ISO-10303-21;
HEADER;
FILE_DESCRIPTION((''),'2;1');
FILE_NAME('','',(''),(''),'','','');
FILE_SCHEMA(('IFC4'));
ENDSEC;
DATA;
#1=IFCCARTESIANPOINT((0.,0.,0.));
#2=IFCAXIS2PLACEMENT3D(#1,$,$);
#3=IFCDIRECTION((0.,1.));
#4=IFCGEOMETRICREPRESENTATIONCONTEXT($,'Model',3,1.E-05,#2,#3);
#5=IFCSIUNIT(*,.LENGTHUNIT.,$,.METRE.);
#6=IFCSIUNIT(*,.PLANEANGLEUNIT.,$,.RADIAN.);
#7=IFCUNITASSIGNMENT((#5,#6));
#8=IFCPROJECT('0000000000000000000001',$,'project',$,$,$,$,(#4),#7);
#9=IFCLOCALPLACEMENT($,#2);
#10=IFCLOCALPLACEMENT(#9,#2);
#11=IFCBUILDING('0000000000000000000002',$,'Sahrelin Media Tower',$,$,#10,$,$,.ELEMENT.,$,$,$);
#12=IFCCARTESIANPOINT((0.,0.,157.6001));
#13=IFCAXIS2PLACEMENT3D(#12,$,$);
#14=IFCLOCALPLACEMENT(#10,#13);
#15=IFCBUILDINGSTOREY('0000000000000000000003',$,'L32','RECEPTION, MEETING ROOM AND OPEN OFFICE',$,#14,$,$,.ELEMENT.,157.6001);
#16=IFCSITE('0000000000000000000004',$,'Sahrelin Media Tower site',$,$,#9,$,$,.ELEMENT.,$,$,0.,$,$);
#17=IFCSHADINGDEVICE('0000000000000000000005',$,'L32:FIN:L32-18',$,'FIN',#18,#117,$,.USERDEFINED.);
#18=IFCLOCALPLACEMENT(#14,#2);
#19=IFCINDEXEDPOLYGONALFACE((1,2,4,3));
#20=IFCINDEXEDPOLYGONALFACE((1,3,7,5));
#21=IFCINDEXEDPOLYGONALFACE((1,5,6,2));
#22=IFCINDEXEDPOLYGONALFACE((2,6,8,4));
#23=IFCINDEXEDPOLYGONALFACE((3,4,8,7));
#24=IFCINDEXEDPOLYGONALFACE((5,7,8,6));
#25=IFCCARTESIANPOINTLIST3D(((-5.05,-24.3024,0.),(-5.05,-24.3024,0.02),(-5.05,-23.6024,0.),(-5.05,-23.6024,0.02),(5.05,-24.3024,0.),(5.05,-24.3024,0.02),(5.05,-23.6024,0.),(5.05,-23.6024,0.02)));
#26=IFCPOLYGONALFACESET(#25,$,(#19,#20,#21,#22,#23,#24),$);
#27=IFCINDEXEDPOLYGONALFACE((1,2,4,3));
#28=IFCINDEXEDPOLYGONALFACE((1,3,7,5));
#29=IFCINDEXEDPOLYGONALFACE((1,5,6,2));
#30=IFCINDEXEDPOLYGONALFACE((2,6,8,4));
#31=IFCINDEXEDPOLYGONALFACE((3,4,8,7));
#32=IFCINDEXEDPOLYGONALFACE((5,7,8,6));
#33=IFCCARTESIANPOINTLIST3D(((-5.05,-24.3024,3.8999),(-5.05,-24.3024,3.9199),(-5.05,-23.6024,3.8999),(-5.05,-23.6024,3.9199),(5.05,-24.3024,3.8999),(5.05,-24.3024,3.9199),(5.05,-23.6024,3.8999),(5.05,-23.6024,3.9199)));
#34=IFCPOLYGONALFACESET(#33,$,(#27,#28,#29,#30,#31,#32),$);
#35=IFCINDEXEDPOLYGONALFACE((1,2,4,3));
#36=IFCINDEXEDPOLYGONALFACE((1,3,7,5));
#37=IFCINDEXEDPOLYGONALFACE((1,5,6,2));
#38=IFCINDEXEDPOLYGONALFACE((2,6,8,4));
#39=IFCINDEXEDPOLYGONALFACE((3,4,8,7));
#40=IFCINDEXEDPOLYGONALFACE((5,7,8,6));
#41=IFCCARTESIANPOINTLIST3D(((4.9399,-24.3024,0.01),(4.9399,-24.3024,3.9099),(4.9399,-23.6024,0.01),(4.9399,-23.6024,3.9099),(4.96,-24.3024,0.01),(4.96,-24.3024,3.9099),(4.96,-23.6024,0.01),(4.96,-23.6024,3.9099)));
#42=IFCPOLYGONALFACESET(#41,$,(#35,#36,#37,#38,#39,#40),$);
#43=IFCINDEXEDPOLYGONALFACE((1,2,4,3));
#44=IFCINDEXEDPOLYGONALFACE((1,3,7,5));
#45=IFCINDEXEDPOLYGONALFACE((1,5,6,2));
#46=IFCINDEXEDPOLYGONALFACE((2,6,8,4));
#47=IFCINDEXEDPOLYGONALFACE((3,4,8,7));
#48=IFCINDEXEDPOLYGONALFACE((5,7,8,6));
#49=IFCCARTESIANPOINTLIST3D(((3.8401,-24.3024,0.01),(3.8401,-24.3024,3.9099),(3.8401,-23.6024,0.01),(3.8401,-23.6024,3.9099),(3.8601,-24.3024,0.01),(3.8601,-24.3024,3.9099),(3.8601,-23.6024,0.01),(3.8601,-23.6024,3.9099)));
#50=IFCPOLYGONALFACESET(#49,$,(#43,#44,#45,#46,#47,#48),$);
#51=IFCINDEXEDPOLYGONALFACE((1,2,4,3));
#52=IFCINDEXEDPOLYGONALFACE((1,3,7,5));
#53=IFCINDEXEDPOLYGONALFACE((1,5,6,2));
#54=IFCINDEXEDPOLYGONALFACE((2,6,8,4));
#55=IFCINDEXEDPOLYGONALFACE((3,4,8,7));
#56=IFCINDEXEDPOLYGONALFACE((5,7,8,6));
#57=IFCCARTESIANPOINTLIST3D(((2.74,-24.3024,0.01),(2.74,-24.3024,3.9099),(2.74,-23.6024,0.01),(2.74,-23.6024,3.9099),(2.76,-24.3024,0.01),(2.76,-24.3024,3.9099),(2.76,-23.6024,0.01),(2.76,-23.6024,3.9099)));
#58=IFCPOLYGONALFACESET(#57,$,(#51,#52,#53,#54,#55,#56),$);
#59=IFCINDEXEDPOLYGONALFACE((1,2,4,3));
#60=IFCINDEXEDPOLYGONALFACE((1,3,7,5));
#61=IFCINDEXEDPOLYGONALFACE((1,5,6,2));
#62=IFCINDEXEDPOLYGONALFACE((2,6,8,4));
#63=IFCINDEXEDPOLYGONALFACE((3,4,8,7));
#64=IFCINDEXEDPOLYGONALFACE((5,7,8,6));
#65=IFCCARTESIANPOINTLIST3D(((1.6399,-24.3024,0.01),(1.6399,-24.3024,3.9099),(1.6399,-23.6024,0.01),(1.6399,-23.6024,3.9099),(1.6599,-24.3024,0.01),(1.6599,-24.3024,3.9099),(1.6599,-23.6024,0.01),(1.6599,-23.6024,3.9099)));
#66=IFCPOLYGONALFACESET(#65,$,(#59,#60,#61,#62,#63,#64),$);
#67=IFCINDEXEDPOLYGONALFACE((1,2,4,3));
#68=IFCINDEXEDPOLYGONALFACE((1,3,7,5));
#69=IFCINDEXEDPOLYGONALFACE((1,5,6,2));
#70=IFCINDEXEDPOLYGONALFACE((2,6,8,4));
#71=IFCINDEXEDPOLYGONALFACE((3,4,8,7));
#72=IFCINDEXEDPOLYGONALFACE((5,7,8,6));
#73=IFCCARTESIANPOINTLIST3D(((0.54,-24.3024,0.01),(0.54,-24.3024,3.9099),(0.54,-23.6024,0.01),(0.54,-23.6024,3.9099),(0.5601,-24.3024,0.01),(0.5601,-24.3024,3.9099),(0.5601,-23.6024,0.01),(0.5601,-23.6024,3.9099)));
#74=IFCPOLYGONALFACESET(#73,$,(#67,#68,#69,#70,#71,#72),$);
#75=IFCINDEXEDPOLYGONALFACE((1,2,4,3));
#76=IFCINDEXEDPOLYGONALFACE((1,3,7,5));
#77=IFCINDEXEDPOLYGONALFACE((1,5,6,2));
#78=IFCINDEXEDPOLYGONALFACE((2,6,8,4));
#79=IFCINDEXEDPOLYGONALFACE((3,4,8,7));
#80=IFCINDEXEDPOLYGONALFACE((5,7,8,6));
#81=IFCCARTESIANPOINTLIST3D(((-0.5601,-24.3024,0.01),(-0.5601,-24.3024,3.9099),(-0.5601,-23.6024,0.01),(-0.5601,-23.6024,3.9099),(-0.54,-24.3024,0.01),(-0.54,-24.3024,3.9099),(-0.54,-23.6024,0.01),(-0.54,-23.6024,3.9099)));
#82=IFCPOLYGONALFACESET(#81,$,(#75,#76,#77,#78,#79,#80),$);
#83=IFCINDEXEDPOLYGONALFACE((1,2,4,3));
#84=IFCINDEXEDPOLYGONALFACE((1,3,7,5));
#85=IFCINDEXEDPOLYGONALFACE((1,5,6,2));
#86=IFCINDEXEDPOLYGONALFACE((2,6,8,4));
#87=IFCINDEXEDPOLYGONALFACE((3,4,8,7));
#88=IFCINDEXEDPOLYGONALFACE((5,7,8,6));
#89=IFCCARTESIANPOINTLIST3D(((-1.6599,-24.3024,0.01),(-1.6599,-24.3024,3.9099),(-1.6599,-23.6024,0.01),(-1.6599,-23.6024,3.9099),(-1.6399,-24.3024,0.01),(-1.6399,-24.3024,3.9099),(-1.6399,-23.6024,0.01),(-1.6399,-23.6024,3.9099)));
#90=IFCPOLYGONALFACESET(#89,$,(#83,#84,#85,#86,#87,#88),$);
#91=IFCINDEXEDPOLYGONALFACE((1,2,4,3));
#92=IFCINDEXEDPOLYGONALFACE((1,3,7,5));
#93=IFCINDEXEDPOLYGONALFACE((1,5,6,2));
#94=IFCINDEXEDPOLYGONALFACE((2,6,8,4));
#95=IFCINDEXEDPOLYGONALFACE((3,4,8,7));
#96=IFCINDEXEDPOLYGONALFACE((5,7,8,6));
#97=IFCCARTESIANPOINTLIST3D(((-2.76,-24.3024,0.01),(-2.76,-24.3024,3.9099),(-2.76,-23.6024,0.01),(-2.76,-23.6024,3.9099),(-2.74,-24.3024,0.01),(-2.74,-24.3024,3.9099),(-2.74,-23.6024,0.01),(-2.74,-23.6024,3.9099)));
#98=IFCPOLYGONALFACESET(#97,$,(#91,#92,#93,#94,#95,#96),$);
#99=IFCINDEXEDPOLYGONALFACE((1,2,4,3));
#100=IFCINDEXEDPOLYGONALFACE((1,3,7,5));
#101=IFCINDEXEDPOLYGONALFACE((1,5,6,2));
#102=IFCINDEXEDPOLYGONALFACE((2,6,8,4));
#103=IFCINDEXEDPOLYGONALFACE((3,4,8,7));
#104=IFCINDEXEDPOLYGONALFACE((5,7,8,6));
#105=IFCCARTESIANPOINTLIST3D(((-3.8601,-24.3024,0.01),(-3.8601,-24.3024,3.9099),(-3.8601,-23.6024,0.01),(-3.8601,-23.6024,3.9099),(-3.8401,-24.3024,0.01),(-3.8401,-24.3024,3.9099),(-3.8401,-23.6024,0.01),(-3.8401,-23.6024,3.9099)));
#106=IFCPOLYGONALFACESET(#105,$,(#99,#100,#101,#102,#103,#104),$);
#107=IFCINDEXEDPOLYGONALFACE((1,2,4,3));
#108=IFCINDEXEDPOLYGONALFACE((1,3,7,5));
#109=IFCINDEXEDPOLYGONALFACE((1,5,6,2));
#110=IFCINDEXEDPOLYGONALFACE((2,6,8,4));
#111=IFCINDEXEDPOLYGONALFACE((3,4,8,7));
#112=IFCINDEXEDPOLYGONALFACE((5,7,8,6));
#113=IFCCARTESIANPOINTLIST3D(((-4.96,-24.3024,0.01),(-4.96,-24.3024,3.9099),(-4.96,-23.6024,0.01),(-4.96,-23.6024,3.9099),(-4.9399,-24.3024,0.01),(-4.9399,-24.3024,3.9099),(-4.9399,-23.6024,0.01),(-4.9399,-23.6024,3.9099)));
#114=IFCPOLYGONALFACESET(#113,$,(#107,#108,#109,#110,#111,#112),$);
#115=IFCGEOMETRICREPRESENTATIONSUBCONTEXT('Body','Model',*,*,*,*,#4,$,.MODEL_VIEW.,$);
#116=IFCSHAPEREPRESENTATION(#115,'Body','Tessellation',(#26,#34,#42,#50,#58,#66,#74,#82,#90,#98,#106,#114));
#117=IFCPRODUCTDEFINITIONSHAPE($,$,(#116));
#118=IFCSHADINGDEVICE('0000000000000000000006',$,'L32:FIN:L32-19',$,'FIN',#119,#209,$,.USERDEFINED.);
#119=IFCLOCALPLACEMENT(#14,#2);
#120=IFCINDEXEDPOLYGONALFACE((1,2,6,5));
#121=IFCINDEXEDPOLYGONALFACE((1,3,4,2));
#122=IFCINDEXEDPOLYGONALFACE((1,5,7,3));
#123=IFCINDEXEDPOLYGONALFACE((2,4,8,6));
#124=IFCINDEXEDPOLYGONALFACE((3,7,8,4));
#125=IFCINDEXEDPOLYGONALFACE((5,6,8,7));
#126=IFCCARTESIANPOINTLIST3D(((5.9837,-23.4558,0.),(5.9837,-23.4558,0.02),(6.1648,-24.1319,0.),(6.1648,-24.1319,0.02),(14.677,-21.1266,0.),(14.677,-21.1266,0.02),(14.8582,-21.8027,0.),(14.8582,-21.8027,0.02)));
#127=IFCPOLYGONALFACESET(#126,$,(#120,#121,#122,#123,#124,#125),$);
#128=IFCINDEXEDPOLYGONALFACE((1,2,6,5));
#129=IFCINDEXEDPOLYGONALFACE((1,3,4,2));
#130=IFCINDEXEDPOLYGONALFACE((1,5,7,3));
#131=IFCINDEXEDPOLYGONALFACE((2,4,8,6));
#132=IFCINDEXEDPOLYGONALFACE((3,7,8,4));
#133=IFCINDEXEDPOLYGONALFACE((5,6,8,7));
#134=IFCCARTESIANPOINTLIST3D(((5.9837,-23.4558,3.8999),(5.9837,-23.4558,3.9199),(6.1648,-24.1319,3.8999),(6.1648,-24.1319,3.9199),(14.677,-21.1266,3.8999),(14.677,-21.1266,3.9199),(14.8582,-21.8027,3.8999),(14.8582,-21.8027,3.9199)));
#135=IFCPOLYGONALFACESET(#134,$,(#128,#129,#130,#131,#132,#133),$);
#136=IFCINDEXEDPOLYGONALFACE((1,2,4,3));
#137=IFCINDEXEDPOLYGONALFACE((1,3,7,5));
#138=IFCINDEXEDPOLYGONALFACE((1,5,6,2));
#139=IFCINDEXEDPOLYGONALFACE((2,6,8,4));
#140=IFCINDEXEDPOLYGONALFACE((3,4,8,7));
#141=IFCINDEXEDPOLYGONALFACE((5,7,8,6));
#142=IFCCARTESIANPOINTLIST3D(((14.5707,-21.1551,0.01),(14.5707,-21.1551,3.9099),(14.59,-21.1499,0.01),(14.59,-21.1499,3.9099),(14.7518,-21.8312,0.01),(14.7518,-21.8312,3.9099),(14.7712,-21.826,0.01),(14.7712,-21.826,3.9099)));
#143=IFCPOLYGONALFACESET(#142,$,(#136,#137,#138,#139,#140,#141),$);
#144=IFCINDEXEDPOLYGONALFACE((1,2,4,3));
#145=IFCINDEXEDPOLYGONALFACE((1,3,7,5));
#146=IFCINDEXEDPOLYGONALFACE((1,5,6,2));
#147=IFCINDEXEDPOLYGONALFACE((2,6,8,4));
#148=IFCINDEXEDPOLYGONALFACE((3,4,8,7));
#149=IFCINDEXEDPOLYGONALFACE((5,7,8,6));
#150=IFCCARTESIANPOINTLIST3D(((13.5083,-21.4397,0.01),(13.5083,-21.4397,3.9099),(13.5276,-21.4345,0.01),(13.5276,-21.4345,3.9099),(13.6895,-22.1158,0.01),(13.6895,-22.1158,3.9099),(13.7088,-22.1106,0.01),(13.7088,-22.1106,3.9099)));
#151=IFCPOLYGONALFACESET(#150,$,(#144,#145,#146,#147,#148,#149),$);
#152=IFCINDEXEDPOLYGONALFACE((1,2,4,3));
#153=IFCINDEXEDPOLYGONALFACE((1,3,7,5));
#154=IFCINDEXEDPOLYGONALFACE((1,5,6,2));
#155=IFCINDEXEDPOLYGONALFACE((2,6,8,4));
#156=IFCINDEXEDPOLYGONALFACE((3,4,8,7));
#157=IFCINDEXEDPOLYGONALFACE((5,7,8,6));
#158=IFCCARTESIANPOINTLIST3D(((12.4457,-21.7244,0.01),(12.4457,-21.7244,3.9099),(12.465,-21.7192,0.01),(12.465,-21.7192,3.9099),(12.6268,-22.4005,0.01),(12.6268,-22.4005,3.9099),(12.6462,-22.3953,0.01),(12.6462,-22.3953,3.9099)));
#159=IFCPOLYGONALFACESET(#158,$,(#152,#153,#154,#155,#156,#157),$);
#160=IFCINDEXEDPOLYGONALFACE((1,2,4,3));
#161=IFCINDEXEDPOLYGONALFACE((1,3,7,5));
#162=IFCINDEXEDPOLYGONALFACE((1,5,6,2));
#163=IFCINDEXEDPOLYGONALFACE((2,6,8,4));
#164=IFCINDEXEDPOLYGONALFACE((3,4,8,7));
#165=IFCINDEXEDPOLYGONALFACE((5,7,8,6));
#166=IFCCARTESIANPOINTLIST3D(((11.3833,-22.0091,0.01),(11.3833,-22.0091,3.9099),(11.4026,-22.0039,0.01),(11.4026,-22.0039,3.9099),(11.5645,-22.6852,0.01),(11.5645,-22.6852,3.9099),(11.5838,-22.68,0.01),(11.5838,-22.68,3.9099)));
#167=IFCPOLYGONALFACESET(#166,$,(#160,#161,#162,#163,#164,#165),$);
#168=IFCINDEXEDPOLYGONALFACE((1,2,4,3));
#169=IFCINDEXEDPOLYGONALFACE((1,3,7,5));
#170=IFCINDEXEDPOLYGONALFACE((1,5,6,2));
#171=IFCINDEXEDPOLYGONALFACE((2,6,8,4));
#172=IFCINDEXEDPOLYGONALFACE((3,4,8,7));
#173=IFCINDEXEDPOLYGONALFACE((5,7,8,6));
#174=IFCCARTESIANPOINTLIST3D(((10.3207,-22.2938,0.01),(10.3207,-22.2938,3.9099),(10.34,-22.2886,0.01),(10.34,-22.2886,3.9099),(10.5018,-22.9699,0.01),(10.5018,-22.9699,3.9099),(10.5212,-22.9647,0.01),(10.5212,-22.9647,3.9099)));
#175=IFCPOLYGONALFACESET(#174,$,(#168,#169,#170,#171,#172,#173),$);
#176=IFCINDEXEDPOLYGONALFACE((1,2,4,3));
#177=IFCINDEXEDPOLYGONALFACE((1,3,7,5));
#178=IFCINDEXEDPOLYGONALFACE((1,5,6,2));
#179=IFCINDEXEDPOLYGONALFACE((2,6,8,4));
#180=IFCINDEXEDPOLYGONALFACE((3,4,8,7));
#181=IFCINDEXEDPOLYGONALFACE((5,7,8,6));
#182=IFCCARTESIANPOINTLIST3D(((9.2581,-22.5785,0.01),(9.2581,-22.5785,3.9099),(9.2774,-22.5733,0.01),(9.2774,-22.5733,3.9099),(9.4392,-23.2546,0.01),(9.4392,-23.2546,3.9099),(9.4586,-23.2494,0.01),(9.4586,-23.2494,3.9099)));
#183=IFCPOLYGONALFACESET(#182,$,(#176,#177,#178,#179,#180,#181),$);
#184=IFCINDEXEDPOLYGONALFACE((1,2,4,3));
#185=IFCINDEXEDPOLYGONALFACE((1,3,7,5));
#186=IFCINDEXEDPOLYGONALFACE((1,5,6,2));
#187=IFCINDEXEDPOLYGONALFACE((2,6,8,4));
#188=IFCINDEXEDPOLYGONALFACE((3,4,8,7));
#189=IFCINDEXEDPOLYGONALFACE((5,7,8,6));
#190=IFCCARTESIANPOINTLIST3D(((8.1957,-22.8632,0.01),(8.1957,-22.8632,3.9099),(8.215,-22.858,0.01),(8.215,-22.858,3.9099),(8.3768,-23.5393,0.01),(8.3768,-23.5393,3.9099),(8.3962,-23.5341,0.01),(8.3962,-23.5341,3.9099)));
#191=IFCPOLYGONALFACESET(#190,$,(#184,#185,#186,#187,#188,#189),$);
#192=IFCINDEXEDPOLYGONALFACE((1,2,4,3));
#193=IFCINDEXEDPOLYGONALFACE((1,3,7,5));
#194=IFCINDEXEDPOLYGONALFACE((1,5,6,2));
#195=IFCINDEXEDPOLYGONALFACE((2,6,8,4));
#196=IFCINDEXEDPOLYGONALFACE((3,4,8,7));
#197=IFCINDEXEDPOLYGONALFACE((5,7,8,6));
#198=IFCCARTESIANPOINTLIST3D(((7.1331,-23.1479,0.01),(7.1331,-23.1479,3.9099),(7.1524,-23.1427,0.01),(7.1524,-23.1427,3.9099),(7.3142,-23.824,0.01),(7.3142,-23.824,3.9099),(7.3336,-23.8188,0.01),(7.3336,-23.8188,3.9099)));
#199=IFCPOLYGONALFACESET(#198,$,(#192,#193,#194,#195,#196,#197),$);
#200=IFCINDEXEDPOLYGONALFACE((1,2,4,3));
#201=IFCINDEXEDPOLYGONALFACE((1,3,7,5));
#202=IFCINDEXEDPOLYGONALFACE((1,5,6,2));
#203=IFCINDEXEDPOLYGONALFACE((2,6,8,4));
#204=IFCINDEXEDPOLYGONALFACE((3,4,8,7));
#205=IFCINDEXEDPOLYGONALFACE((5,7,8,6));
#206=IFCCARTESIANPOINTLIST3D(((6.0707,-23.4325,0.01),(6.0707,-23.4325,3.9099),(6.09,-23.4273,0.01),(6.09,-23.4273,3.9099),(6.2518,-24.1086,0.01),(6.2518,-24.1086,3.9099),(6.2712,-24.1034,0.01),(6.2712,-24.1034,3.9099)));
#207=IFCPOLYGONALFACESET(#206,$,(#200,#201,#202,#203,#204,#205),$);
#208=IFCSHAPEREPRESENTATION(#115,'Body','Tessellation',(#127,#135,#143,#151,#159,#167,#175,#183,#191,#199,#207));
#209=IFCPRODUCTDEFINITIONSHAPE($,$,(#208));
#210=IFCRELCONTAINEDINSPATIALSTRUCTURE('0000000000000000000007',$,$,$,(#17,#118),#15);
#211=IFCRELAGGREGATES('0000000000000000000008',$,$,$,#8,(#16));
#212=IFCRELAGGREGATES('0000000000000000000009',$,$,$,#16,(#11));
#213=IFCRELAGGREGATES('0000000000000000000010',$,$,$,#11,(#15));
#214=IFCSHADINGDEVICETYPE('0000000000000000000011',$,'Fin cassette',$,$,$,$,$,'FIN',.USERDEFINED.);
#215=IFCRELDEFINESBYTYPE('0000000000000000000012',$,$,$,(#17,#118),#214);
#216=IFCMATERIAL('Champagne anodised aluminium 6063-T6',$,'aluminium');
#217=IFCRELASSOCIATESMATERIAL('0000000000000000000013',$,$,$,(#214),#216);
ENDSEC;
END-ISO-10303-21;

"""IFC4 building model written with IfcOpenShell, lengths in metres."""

from ifc_helpers import new_model, si_unit, direction, frame, origin, origin_2d, place, context, subcontext, project, spatial, rectangle, extrude, material, type_object, element, save


model = new_model("IFC4")

# Units and contexts
model_context = context("Model", 3, precision=1e-05, world=origin(), true_north=direction((0.0, 1.0)))
body_context = subcontext(model_context, "Body", "Model", "MODEL_VIEW")
ifc_project = project(units=[si_unit("LENGTHUNIT", "METRE"), si_unit("PLANEANGLEUNIT", "RADIAN")], contexts=[model_context])

# Site, building, storey
site_placement = place(None, origin())
site = spatial("IfcSite", under=ifc_project, at=site_placement, Name="Sahrelin Media Tower site", CompositionType="ELEMENT", RefElevation=0.0)
building_placement = place(site_placement, origin())
building = spatial("IfcBuilding", under=site, at=building_placement, Name="Sahrelin Media Tower", CompositionType="ELEMENT")
storey_placement = place(building_placement, frame((0.0, 0.0, 157.6001)))
storey = spatial("IfcBuildingStorey", under=building, at=storey_placement, Name="L32", Description="RECEPTION, MEETING ROOM AND OPEN OFFICE", CompositionType="ELEMENT", Elevation=157.6001)

# Shared definitions
ifc_material_1 = material(Name="Champagne anodised aluminium 6063-T6", Category="aluminium")

# Shading devices
shading_device_type_1 = type_object("IfcShadingDeviceType", Name="Fin cassette", ElementType="FIN", PredefinedType="USERDEFINED", material=ifc_material_1)
placement_1 = place(storey_placement, frame((0.0, -23.5325, 0.0), z_axis=(0.0, 0.0, 1.0), x_axis=(-1.0, 0.0, 0.0)))
element("IfcShadingDevice", 1, at=placement_1, inside=storey, type_object=shading_device_type_1, Name="L32:FIN:L32-18", ObjectType="FIN", PredefinedType="USERDEFINED", context=body_context, shape_type="SweptSolid", body=[
    extrude(rectangle(XDim=10.1001, YDim=0.7, at=origin_2d()), frame((0.0, 0.4199, 0.0)), (0.0, 0.0, 1.0), 0.02),
    extrude(rectangle(XDim=10.1001, YDim=0.7, at=origin_2d()), frame((0.0, 0.4199, 3.8999)), (0.0, 0.0, 1.0), 0.02),
    extrude(rectangle(XDim=0.02, YDim=0.7, at=origin_2d()), frame((-4.95, 0.4199, 0.01), z_axis=(0.0, 0.0, 1.0), x_axis=(1.0, 0.0, 0.0)), (0.0, 0.0, 1.0), 3.8999),
    extrude(rectangle(XDim=0.02, YDim=0.7, at=origin_2d()), frame((-3.8501, 0.4199, 0.01), z_axis=(0.0, 0.0, 1.0), x_axis=(1.0, 0.0, 0.0)), (0.0, 0.0, 1.0), 3.8999),
    extrude(rectangle(XDim=0.02, YDim=0.7, at=origin_2d()), frame((-2.75, 0.4199, 0.01), z_axis=(0.0, 0.0, 1.0), x_axis=(1.0, 0.0, 0.0)), (0.0, 0.0, 1.0), 3.8999),
    extrude(rectangle(XDim=0.02, YDim=0.7, at=origin_2d()), frame((-1.6499, 0.4199, 0.01), z_axis=(0.0, 0.0, 1.0), x_axis=(1.0, 0.0, 0.0)), (0.0, 0.0, 1.0), 3.8999),
    extrude(rectangle(XDim=0.02, YDim=0.7, at=origin_2d()), frame((-0.55, 0.4199, 0.01), z_axis=(0.0, 0.0, 1.0), x_axis=(1.0, 0.0, 0.0)), (0.0, 0.0, 1.0), 3.8999),
    extrude(rectangle(XDim=0.02, YDim=0.7, at=origin_2d()), frame((0.55, 0.4199, 0.01), z_axis=(0.0, 0.0, 1.0), x_axis=(1.0, 0.0, 0.0)), (0.0, 0.0, 1.0), 3.8999),
    extrude(rectangle(XDim=0.02, YDim=0.7, at=origin_2d()), frame((1.6499, 0.4199, 0.01), z_axis=(0.0, 0.0, 1.0), x_axis=(1.0, 0.0, 0.0)), (0.0, 0.0, 1.0), 3.8999),
    extrude(rectangle(XDim=0.02, YDim=0.7, at=origin_2d()), frame((2.75, 0.4199, 0.01), z_axis=(0.0, 0.0, 1.0), x_axis=(1.0, 0.0, 0.0)), (0.0, 0.0, 1.0), 3.8999),
    extrude(rectangle(XDim=0.02, YDim=0.7, at=origin_2d()), frame((3.8501, 0.4199, 0.01), z_axis=(0.0, 0.0, 1.0), x_axis=(1.0, 0.0, 0.0)), (0.0, 0.0, 1.0), 3.8999),
    extrude(rectangle(XDim=0.02, YDim=0.7, at=origin_2d()), frame((4.95, 0.4199, 0.01), z_axis=(0.0, 0.0, 1.0), x_axis=(1.0, 0.0, 0.0)), (0.0, 0.0, 1.0), 3.8999),
])
placement_2 = place(storey_placement, frame((10.3123, -22.2236, 0.0), z_axis=(0.0, 0.0, 1.0), x_axis=(-0.965929, -0.258808, 0.0)))
element("IfcShadingDevice", 2, at=placement_2, inside=storey, type_object=shading_device_type_1, Name="L32:FIN:L32-19", ObjectType="FIN", PredefinedType="USERDEFINED", context=body_context, shape_type="SweptSolid", body=[
    extrude(rectangle(XDim=9.0, YDim=0.7, at=origin_2d()), frame((0.0, 0.4199, 0.0)), (0.0, 0.0, 1.0), 0.02),
    extrude(rectangle(XDim=9.0, YDim=0.7, at=origin_2d()), frame((0.0, 0.4199, 3.8999)), (0.0, 0.0, 1.0), 0.02),
    extrude(rectangle(XDim=0.02, YDim=0.7, at=origin_2d()), frame((-4.3999, 0.4199, 0.01), z_axis=(0.0, 0.0, 1.0), x_axis=(1.0, 0.0, 0.0)), (0.0, 0.0, 1.0), 3.8999),
    extrude(rectangle(XDim=0.02, YDim=0.7, at=origin_2d()), frame((-3.3, 0.4199, 0.01), z_axis=(0.0, 0.0, 1.0), x_axis=(1.0, 0.0, 0.0)), (0.0, 0.0, 1.0), 3.8999),
    extrude(rectangle(XDim=0.02, YDim=0.7, at=origin_2d()), frame((-2.2, 0.4199, 0.01), z_axis=(0.0, 0.0, 1.0), x_axis=(1.0, 0.0, 0.0)), (0.0, 0.0, 1.0), 3.8999),
    extrude(rectangle(XDim=0.02, YDim=0.7, at=origin_2d()), frame((-1.1001, 0.4199, 0.01), z_axis=(0.0, 0.0, 1.0), x_axis=(1.0, 0.0, 0.0)), (0.0, 0.0, 1.0), 3.8999),
    extrude(rectangle(XDim=0.02, YDim=0.7, at=origin_2d()), frame((0.0, 0.4199, 0.01), z_axis=(0.0, 0.0, 1.0), x_axis=(1.0, 0.0, 0.0)), (0.0, 0.0, 1.0), 3.8999),
    extrude(rectangle(XDim=0.02, YDim=0.7, at=origin_2d()), frame((1.1001, 0.4199, 0.01), z_axis=(0.0, 0.0, 1.0), x_axis=(1.0, 0.0, 0.0)), (0.0, 0.0, 1.0), 3.8999),
    extrude(rectangle(XDim=0.02, YDim=0.7, at=origin_2d()), frame((2.2, 0.4199, 0.01), z_axis=(0.0, 0.0, 1.0), x_axis=(1.0, 0.0, 0.0)), (0.0, 0.0, 1.0), 3.8999),
    extrude(rectangle(XDim=0.02, YDim=0.7, at=origin_2d()), frame((3.3, 0.4199, 0.01), z_axis=(0.0, 0.0, 1.0), x_axis=(1.0, 0.0, 0.0)), (0.0, 0.0, 1.0), 3.8999),
    extrude(rectangle(XDim=0.02, YDim=0.7, at=origin_2d()), frame((4.3999, 0.4199, 0.01), z_axis=(0.0, 0.0, 1.0), x_axis=(1.0, 0.0, 0.0)), (0.0, 0.0, 1.0), 3.8999),
])

save(model, "model.ifc")
